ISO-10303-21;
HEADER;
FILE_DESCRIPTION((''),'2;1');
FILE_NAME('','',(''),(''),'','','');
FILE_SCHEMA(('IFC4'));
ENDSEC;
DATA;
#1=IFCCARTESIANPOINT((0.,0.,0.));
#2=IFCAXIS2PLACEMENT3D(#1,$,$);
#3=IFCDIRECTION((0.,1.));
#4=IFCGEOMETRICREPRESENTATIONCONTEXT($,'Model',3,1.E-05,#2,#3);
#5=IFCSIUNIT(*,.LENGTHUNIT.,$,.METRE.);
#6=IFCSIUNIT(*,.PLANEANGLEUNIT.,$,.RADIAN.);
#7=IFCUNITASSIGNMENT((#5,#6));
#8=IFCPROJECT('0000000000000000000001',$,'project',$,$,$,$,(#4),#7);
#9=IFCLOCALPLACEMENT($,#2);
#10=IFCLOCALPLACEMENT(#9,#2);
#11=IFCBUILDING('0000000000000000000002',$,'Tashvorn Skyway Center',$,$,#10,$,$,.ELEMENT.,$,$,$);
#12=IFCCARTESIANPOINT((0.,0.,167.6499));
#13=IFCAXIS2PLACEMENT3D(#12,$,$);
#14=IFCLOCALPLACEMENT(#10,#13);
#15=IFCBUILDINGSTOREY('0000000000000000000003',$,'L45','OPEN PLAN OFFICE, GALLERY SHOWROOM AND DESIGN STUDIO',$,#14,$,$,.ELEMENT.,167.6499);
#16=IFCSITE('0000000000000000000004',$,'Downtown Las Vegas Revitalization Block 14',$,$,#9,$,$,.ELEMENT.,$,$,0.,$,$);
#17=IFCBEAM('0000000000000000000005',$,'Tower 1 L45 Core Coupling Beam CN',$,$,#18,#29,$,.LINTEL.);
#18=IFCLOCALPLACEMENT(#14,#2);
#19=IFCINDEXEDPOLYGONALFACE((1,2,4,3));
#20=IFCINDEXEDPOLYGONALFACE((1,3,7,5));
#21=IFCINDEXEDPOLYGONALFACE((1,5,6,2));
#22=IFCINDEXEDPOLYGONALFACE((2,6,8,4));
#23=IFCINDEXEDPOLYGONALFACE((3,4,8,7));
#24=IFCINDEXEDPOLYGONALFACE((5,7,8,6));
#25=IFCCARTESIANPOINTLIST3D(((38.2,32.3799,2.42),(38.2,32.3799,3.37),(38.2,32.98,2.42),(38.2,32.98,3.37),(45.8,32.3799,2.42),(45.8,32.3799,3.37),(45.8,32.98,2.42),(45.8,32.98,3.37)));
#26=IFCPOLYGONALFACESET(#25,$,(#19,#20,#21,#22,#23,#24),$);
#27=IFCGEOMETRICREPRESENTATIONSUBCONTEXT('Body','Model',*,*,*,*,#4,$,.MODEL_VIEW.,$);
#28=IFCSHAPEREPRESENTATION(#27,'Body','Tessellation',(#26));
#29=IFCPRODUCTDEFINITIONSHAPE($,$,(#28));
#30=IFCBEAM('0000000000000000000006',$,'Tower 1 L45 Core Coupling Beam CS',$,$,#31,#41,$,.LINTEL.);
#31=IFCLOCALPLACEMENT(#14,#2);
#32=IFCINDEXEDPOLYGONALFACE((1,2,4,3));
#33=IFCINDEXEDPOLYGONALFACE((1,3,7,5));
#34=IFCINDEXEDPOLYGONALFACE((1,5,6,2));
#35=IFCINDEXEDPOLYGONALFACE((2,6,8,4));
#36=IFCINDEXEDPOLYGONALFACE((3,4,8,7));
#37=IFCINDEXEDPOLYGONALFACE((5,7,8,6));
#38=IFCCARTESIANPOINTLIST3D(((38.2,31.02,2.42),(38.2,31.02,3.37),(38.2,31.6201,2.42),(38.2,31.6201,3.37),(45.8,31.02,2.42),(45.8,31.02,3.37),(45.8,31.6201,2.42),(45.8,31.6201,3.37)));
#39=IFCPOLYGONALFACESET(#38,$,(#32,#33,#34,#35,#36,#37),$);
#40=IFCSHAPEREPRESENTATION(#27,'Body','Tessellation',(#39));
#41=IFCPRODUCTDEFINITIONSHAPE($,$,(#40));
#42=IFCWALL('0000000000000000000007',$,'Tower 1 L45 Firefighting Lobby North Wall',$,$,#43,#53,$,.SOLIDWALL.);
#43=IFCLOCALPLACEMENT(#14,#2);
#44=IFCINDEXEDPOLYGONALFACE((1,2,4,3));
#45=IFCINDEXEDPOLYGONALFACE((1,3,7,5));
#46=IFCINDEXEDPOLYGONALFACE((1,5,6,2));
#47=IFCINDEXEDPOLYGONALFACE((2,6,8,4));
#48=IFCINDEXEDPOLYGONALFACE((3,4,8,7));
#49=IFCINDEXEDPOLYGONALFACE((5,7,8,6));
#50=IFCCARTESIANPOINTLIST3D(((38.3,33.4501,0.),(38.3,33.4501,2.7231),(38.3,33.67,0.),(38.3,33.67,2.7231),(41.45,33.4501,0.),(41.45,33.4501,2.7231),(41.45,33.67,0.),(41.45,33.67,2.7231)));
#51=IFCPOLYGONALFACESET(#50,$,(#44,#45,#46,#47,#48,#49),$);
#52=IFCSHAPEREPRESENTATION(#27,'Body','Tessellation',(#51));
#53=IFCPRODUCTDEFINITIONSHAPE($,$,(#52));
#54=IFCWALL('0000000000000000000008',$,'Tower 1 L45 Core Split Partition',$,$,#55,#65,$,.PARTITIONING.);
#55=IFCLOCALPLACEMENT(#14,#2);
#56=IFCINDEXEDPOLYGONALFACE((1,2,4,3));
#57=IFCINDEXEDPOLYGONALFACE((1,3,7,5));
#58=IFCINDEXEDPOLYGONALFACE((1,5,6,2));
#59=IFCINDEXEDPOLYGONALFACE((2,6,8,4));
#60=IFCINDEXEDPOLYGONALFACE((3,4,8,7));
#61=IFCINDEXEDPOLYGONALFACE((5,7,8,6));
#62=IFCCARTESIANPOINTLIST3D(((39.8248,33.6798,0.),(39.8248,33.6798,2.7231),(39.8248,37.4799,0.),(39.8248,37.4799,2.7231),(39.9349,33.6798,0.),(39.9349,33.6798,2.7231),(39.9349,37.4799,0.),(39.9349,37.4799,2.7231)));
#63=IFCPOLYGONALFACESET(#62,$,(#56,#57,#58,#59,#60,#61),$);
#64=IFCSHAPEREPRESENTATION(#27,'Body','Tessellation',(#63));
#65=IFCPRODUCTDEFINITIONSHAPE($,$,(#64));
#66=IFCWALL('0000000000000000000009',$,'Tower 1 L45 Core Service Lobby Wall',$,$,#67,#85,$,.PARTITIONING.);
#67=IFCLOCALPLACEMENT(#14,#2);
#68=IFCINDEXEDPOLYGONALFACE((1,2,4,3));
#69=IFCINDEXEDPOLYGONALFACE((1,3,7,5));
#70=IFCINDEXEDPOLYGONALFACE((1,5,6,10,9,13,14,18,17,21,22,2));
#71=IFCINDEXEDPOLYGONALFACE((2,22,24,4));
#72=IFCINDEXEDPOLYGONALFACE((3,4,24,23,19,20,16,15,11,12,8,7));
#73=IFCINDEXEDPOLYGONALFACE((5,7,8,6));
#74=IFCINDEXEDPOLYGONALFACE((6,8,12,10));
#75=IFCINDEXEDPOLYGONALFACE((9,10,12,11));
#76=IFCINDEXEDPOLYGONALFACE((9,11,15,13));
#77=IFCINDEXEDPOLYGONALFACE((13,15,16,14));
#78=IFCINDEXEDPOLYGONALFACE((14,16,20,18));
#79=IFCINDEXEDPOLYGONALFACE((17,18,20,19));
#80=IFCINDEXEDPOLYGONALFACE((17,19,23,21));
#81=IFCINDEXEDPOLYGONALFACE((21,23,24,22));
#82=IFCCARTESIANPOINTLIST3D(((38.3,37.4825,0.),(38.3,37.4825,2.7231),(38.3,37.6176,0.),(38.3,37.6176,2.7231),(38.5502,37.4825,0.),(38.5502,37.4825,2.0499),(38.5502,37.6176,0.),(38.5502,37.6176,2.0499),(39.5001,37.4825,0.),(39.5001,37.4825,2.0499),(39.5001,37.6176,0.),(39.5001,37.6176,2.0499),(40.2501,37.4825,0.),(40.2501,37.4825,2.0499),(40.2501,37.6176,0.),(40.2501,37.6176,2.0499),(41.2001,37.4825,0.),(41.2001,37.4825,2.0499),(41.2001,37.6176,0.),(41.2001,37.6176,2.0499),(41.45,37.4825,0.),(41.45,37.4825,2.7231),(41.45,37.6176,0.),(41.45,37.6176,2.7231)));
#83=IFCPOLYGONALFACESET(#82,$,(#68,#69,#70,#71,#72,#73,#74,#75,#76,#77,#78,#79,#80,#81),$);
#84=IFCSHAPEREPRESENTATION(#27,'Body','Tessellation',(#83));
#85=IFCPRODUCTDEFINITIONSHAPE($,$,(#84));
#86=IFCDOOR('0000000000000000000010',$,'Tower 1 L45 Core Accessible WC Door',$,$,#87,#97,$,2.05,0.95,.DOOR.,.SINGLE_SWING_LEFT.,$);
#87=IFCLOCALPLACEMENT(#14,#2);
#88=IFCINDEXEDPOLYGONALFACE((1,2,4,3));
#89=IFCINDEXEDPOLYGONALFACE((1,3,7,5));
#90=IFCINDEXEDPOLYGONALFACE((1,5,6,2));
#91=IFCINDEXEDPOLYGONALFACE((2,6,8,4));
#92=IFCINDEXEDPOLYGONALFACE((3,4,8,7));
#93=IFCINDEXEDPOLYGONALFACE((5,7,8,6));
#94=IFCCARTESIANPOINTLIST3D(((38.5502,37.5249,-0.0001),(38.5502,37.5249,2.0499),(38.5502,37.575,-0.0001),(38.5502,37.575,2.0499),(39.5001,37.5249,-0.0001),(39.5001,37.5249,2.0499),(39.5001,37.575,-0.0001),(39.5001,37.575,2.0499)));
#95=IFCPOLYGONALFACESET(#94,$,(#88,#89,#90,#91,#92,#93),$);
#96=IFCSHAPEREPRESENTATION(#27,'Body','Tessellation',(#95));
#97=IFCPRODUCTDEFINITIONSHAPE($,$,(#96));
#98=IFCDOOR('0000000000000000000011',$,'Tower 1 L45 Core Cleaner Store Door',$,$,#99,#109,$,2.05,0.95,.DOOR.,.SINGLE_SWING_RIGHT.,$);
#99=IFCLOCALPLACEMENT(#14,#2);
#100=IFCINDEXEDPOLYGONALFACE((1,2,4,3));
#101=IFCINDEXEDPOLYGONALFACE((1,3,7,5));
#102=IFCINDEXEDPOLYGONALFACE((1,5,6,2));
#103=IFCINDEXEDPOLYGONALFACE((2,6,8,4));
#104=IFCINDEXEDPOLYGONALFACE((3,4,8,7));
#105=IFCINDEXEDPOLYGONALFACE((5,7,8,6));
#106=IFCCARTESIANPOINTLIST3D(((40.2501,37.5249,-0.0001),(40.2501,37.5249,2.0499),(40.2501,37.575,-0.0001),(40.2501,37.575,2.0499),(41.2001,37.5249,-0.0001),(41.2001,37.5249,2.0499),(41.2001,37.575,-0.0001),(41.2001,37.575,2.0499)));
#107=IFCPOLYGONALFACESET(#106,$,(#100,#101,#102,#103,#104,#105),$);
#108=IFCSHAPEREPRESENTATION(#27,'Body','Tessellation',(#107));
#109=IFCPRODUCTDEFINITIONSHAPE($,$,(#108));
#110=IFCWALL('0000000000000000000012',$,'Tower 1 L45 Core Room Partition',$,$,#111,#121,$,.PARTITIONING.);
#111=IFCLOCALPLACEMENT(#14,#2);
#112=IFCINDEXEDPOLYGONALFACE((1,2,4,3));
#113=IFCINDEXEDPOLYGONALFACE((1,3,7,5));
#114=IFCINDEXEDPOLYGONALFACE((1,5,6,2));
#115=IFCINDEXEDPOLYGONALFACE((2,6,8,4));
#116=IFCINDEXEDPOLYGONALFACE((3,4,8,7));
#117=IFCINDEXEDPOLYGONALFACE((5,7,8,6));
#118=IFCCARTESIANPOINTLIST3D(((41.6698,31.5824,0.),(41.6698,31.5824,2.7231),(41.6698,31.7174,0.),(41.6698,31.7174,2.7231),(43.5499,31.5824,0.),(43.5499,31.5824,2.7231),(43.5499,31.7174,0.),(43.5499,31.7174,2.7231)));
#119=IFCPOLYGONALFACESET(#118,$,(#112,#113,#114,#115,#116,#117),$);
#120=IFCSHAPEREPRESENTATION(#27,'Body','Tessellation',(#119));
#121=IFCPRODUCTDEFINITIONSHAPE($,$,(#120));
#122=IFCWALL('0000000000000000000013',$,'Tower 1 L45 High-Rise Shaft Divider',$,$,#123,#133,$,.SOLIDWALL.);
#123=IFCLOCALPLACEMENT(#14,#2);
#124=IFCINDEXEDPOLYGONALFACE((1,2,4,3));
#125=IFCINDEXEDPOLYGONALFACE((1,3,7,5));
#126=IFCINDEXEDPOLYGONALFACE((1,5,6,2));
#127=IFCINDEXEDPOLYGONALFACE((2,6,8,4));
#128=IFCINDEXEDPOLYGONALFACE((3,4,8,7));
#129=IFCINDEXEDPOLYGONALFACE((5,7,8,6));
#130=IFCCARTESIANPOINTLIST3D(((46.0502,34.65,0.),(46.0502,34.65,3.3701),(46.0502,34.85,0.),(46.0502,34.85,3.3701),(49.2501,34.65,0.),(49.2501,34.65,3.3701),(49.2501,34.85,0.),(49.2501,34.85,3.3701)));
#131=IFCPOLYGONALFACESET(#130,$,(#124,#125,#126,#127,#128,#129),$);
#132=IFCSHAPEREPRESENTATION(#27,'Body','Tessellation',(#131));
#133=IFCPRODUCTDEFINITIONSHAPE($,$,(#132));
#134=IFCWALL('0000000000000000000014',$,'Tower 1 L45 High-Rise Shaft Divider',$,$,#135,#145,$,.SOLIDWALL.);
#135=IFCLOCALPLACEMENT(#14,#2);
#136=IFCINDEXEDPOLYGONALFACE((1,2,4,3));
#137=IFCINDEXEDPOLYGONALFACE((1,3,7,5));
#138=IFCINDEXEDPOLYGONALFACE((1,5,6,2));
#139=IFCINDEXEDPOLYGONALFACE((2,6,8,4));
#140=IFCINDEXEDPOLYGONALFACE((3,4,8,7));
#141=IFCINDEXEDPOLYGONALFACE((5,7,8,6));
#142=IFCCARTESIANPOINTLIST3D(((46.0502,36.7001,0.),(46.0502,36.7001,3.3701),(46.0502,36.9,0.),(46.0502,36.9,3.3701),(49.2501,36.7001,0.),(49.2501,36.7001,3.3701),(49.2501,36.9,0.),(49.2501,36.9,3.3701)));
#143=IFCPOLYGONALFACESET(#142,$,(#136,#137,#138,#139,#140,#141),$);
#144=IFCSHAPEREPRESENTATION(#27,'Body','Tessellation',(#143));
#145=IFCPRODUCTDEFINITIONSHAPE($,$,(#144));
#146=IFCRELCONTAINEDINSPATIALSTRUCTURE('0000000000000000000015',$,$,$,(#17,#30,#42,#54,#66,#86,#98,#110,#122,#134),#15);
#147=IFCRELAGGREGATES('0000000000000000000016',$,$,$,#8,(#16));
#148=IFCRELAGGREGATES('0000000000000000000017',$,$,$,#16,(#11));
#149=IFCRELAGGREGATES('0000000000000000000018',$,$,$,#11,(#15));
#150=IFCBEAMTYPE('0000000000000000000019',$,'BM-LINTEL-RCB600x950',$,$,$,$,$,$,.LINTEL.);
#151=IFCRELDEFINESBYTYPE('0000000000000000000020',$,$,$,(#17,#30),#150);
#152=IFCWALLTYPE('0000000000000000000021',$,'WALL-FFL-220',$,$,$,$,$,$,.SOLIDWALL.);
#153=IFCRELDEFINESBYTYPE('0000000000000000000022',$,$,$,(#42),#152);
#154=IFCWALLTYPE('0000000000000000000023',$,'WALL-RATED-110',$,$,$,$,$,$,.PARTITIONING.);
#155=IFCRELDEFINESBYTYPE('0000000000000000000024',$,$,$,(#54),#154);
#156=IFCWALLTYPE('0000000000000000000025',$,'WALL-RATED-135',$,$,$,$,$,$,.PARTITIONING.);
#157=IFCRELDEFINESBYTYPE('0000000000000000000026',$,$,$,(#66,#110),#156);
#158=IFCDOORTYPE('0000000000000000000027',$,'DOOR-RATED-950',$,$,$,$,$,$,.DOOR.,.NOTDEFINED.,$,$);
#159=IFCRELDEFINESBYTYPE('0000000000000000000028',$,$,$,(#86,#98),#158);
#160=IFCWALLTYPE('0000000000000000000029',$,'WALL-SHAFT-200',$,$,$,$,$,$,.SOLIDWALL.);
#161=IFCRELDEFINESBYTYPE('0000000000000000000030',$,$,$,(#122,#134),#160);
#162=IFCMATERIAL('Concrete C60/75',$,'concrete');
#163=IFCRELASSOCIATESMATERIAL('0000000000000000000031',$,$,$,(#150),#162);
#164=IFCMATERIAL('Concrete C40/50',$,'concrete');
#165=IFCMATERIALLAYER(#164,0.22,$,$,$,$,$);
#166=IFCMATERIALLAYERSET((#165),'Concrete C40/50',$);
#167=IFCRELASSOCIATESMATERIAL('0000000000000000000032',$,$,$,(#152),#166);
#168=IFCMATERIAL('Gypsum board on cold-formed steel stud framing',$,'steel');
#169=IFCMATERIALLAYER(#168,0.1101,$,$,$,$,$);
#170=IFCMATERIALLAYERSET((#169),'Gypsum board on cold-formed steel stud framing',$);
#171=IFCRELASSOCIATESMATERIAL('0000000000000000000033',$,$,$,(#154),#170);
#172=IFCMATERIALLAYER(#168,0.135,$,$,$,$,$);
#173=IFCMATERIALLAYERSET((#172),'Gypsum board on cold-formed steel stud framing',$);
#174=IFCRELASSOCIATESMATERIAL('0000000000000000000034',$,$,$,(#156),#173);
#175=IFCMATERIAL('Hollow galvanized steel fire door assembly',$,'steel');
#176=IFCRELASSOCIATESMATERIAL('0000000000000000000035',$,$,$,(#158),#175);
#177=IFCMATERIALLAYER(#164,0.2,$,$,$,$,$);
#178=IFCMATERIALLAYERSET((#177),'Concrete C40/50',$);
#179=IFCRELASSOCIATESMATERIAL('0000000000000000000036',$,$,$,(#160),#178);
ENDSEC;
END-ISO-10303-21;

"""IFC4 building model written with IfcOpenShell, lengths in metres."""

from ifc_helpers import new_model, si_unit, direction, frame, frame_2d, origin, origin_2d, place, context, subcontext, project, spatial, rectangle, extrude, material, layer, layer_set, material_profile, profile_set, type_object, element, fill, save


model = new_model("IFC4")

# Units and contexts
model_context = context("Model", 3, precision=1e-05, world=origin(), true_north=direction((0.0, 1.0)))
body_context = subcontext(model_context, "Body", "Model", "MODEL_VIEW")
ifc_project = project(units=[si_unit("LENGTHUNIT", "METRE"), si_unit("PLANEANGLEUNIT", "RADIAN")], contexts=[model_context])

# Site, building, storey
site_placement = place(None, origin())
site = spatial("IfcSite", under=ifc_project, at=site_placement, Name="Downtown Las Vegas Revitalization Block 14", CompositionType="ELEMENT", RefElevation=0.0)
building_placement = place(site_placement, origin())
building = spatial("IfcBuilding", under=site, at=building_placement, Name="Tashvorn Skyway Center", CompositionType="ELEMENT")
storey_placement = place(building_placement, frame((0.0, 0.0, 167.6499)))
storey = spatial("IfcBuildingStorey", under=building, at=storey_placement, Name="L45", Description="OPEN PLAN OFFICE, GALLERY SHOWROOM AND DESIGN STUDIO", CompositionType="ELEMENT", Elevation=167.6499)

# Beams
ifc_material_1 = material(Name="Concrete C60/75", Category="concrete")
ifc_material_profile = material_profile(ifc_material_1, rectangle(XDim=0.6001, YDim=0.95, at=origin_2d()), Name="RCB600x950")
ifc_profile_set = profile_set([ifc_material_profile], Name="Concrete C60/75")
beam_type = type_object("IfcBeamType", Name="BM-LINTEL-RCB600x950", PredefinedType="LINTEL", material=ifc_profile_set)
for number, where, z_axis, x_axis, name in (
    (1, (38.2, 32.6799, 2.895), (1.0, 0.0, 0.0), (0.0, 1.0, 0.0), "Tower 1 L45 Core Coupling Beam CN"),
    (2, (38.2, 31.3201, 2.895), (1.0, 0.0, 0.0), (0.0, 1.0, 0.0), "Tower 1 L45 Core Coupling Beam CS"),
):
    element("IfcBeam", number, at=place(storey_placement, frame(where, z_axis=z_axis, x_axis=x_axis)), inside=storey, type_object=beam_type, Name=name, PredefinedType="LINTEL", context=body_context, shape_type="SweptSolid", body=[
        extrude(rectangle(XDim=0.6001, YDim=0.95, at=origin_2d()), origin(), (0.0, 0.0, 1.0), 7.6001),
    ])

# Walls
ifc_material_2 = material(Name="Concrete C40/50", Category="concrete")
ifc_layer_1 = layer(ifc_material_2, 0.22)
ifc_layer_set_1 = layer_set([ifc_layer_1], Name="Concrete C40/50")
wall_type_1 = type_object("IfcWallType", Name="WALL-FFL-220", PredefinedType="SOLIDWALL", material=ifc_layer_set_1)
wall_1_placement = place(storey_placement, frame((38.3, 33.5601, 0.0), z_axis=(0.0, 0.0, 1.0), x_axis=(1.0, 0.0, 0.0)))
element("IfcWall", 3, at=wall_1_placement, inside=storey, type_object=wall_type_1, Name="Tower 1 L45 Firefighting Lobby North Wall", PredefinedType="SOLIDWALL", context=body_context, shape_type="SweptSolid", body=[
    extrude(rectangle(XDim=3.1499, YDim=0.22, at=frame_2d((1.575, 0.0))), origin(), (0.0, 0.0, 1.0), 2.7231),
])
ifc_material_3 = material(Name="Gypsum board on cold-formed steel stud framing", Category="steel")
ifc_layer_2 = layer(ifc_material_3, 0.1101)
ifc_layer_set_2 = layer_set([ifc_layer_2], Name="Gypsum board on cold-formed steel stud framing")
wall_type_2 = type_object("IfcWallType", Name="WALL-RATED-110", PredefinedType="PARTITIONING", material=ifc_layer_set_2)
wall_2_placement = place(storey_placement, frame((39.8799, 33.6799, 0.0), z_axis=(0.0, 0.0, 1.0), x_axis=(0.0, 1.0, 0.0)))
element("IfcWall", 4, at=wall_2_placement, inside=storey, type_object=wall_type_2, Name="Tower 1 L45 Core Split Partition", PredefinedType="PARTITIONING", context=body_context, shape_type="SweptSolid", body=[
    extrude(rectangle(XDim=3.8, YDim=0.1101, at=frame_2d((1.8999, 0.0))), origin(), (0.0, 0.0, 1.0), 2.7231),
])

# Wall, openings, doors
ifc_layer_3 = layer(ifc_material_3, 0.135)
ifc_layer_set_3 = layer_set([ifc_layer_3], Name="Gypsum board on cold-formed steel stud framing")
wall_type_3 = type_object("IfcWallType", Name="WALL-RATED-135", PredefinedType="PARTITIONING", material=ifc_layer_set_3)
wall_3_placement = place(storey_placement, frame((38.3, 37.55, 0.0), z_axis=(0.0, 0.0, 1.0), x_axis=(1.0, 0.0, 0.0)))
wall_3 = element("IfcWall", 5, at=wall_3_placement, inside=storey, type_object=wall_type_3, Name="Tower 1 L45 Core Service Lobby Wall", PredefinedType="PARTITIONING", context=body_context, shape_type="SweptSolid", body=[
    extrude(rectangle(XDim=3.1499, YDim=0.135, at=frame_2d((1.575, 0.0))), origin(), (0.0, 0.0, 1.0), 2.7231),
])
opening_1_placement = place(wall_3_placement, frame((0.25, 0.0, 0.0)))
opening_1 = element("IfcOpeningElement", 6, at=opening_1_placement, cuts=wall_3, PredefinedType="OPENING", context=body_context, shape_type="SweptSolid", body=[
    extrude(rectangle(XDim=0.95, YDim=2.05, at=frame_2d((0.4751, 1.0249))), frame((0.0, 0.0774, 0.0), z_axis=(0.0, -1.0, 0.0), x_axis=(1.0, 0.0, 0.0)), (0.0, 0.0, 1.0), 0.155),
])
opening_2_placement = place(wall_3_placement, frame((1.95, 0.0, 0.0)))
opening_2 = element("IfcOpeningElement", 7, at=opening_2_placement, cuts=wall_3, PredefinedType="OPENING", context=body_context, shape_type="SweptSolid", body=[
    extrude(rectangle(XDim=0.95, YDim=2.05, at=frame_2d((0.4751, 1.0249))), frame((0.0, 0.0774, 0.0), z_axis=(0.0, -1.0, 0.0), x_axis=(1.0, 0.0, 0.0)), (0.0, 0.0, 1.0), 0.155),
])
ifc_material_4 = material(Name="Hollow galvanized steel fire door assembly", Category="steel")
door_type_1 = type_object("IfcDoorType", Name="DOOR-RATED-950", OperationType="NOTDEFINED", PredefinedType="DOOR", material=ifc_material_4)
door_1_placement = place(opening_1_placement, origin())
door_1 = element("IfcDoor", 8, at=door_1_placement, inside=storey, type_object=door_type_1, Name="Tower 1 L45 Core Accessible WC Door", OperationType="SINGLE_SWING_LEFT", OverallHeight=2.05, OverallWidth=0.95, PredefinedType="DOOR", context=body_context, shape_type="SweptSolid", body=[
    extrude(rectangle(XDim=0.95, YDim=2.05, at=frame_2d((0.4751, 1.0249))), frame((0.0, 0.0249, 0.0), z_axis=(0.0, -1.0, 0.0), x_axis=(1.0, 0.0, 0.0)), (0.0, 0.0, 1.0), 0.05),
])
fill(opening_1, door_1)
door_2_placement = place(opening_2_placement, origin())
door_2 = element("IfcDoor", 9, at=door_2_placement, inside=storey, type_object=door_type_1, Name="Tower 1 L45 Core Cleaner Store Door", OperationType="SINGLE_SWING_RIGHT", OverallHeight=2.05, OverallWidth=0.95, PredefinedType="DOOR", context=body_context, shape_type="SweptSolid", body=[
    extrude(rectangle(XDim=0.95, YDim=2.05, at=frame_2d((0.4751, 1.0249))), frame((0.0, 0.0249, 0.0), z_axis=(0.0, -1.0, 0.0), x_axis=(1.0, 0.0, 0.0)), (0.0, 0.0, 1.0), 0.05),
])
fill(opening_2, door_2)

# Walls
wall_4_placement = place(storey_placement, frame((41.6699, 31.6499, 0.0), z_axis=(0.0, 0.0, 1.0), x_axis=(1.0, 0.0, 0.0)))
element("IfcWall", 10, at=wall_4_placement, inside=storey, type_object=wall_type_3, Name="Tower 1 L45 Core Room Partition", PredefinedType="PARTITIONING", context=body_context, shape_type="SweptSolid", body=[
    extrude(rectangle(XDim=1.8801, YDim=0.135, at=frame_2d((0.9399, 0.0))), origin(), (0.0, 0.0, 1.0), 2.7231),
])
ifc_layer_4 = layer(ifc_material_2, 0.2)
ifc_layer_set_4 = layer_set([ifc_layer_4], Name="Concrete C40/50")
wall_type_4 = type_object("IfcWallType", Name="WALL-SHAFT-200", PredefinedType="SOLIDWALL", material=ifc_layer_set_4)
for number, where, z_axis, x_axis, name in (
    (11, (46.05, 34.75, 0.0), (0.0, 0.0, 1.0), (1.0, 0.0, 0.0), "Tower 1 L45 High-Rise Shaft Divider"),
    (12, (46.05, 36.8, 0.0), (0.0, 0.0, 1.0), (1.0, 0.0, 0.0), "Tower 1 L45 High-Rise Shaft Divider"),
):
    element("IfcWall", number, at=place(storey_placement, frame(where, z_axis=z_axis, x_axis=x_axis)), inside=storey, type_object=wall_type_4, Name=name, PredefinedType="SOLIDWALL", context=body_context, shape_type="SweptSolid", body=[
        extrude(rectangle(XDim=3.2, YDim=0.2, at=frame_2d((1.6001, 0.0))), origin(), (0.0, 0.0, 1.0), 3.3701),
    ])

save(model, "model.ifc")
